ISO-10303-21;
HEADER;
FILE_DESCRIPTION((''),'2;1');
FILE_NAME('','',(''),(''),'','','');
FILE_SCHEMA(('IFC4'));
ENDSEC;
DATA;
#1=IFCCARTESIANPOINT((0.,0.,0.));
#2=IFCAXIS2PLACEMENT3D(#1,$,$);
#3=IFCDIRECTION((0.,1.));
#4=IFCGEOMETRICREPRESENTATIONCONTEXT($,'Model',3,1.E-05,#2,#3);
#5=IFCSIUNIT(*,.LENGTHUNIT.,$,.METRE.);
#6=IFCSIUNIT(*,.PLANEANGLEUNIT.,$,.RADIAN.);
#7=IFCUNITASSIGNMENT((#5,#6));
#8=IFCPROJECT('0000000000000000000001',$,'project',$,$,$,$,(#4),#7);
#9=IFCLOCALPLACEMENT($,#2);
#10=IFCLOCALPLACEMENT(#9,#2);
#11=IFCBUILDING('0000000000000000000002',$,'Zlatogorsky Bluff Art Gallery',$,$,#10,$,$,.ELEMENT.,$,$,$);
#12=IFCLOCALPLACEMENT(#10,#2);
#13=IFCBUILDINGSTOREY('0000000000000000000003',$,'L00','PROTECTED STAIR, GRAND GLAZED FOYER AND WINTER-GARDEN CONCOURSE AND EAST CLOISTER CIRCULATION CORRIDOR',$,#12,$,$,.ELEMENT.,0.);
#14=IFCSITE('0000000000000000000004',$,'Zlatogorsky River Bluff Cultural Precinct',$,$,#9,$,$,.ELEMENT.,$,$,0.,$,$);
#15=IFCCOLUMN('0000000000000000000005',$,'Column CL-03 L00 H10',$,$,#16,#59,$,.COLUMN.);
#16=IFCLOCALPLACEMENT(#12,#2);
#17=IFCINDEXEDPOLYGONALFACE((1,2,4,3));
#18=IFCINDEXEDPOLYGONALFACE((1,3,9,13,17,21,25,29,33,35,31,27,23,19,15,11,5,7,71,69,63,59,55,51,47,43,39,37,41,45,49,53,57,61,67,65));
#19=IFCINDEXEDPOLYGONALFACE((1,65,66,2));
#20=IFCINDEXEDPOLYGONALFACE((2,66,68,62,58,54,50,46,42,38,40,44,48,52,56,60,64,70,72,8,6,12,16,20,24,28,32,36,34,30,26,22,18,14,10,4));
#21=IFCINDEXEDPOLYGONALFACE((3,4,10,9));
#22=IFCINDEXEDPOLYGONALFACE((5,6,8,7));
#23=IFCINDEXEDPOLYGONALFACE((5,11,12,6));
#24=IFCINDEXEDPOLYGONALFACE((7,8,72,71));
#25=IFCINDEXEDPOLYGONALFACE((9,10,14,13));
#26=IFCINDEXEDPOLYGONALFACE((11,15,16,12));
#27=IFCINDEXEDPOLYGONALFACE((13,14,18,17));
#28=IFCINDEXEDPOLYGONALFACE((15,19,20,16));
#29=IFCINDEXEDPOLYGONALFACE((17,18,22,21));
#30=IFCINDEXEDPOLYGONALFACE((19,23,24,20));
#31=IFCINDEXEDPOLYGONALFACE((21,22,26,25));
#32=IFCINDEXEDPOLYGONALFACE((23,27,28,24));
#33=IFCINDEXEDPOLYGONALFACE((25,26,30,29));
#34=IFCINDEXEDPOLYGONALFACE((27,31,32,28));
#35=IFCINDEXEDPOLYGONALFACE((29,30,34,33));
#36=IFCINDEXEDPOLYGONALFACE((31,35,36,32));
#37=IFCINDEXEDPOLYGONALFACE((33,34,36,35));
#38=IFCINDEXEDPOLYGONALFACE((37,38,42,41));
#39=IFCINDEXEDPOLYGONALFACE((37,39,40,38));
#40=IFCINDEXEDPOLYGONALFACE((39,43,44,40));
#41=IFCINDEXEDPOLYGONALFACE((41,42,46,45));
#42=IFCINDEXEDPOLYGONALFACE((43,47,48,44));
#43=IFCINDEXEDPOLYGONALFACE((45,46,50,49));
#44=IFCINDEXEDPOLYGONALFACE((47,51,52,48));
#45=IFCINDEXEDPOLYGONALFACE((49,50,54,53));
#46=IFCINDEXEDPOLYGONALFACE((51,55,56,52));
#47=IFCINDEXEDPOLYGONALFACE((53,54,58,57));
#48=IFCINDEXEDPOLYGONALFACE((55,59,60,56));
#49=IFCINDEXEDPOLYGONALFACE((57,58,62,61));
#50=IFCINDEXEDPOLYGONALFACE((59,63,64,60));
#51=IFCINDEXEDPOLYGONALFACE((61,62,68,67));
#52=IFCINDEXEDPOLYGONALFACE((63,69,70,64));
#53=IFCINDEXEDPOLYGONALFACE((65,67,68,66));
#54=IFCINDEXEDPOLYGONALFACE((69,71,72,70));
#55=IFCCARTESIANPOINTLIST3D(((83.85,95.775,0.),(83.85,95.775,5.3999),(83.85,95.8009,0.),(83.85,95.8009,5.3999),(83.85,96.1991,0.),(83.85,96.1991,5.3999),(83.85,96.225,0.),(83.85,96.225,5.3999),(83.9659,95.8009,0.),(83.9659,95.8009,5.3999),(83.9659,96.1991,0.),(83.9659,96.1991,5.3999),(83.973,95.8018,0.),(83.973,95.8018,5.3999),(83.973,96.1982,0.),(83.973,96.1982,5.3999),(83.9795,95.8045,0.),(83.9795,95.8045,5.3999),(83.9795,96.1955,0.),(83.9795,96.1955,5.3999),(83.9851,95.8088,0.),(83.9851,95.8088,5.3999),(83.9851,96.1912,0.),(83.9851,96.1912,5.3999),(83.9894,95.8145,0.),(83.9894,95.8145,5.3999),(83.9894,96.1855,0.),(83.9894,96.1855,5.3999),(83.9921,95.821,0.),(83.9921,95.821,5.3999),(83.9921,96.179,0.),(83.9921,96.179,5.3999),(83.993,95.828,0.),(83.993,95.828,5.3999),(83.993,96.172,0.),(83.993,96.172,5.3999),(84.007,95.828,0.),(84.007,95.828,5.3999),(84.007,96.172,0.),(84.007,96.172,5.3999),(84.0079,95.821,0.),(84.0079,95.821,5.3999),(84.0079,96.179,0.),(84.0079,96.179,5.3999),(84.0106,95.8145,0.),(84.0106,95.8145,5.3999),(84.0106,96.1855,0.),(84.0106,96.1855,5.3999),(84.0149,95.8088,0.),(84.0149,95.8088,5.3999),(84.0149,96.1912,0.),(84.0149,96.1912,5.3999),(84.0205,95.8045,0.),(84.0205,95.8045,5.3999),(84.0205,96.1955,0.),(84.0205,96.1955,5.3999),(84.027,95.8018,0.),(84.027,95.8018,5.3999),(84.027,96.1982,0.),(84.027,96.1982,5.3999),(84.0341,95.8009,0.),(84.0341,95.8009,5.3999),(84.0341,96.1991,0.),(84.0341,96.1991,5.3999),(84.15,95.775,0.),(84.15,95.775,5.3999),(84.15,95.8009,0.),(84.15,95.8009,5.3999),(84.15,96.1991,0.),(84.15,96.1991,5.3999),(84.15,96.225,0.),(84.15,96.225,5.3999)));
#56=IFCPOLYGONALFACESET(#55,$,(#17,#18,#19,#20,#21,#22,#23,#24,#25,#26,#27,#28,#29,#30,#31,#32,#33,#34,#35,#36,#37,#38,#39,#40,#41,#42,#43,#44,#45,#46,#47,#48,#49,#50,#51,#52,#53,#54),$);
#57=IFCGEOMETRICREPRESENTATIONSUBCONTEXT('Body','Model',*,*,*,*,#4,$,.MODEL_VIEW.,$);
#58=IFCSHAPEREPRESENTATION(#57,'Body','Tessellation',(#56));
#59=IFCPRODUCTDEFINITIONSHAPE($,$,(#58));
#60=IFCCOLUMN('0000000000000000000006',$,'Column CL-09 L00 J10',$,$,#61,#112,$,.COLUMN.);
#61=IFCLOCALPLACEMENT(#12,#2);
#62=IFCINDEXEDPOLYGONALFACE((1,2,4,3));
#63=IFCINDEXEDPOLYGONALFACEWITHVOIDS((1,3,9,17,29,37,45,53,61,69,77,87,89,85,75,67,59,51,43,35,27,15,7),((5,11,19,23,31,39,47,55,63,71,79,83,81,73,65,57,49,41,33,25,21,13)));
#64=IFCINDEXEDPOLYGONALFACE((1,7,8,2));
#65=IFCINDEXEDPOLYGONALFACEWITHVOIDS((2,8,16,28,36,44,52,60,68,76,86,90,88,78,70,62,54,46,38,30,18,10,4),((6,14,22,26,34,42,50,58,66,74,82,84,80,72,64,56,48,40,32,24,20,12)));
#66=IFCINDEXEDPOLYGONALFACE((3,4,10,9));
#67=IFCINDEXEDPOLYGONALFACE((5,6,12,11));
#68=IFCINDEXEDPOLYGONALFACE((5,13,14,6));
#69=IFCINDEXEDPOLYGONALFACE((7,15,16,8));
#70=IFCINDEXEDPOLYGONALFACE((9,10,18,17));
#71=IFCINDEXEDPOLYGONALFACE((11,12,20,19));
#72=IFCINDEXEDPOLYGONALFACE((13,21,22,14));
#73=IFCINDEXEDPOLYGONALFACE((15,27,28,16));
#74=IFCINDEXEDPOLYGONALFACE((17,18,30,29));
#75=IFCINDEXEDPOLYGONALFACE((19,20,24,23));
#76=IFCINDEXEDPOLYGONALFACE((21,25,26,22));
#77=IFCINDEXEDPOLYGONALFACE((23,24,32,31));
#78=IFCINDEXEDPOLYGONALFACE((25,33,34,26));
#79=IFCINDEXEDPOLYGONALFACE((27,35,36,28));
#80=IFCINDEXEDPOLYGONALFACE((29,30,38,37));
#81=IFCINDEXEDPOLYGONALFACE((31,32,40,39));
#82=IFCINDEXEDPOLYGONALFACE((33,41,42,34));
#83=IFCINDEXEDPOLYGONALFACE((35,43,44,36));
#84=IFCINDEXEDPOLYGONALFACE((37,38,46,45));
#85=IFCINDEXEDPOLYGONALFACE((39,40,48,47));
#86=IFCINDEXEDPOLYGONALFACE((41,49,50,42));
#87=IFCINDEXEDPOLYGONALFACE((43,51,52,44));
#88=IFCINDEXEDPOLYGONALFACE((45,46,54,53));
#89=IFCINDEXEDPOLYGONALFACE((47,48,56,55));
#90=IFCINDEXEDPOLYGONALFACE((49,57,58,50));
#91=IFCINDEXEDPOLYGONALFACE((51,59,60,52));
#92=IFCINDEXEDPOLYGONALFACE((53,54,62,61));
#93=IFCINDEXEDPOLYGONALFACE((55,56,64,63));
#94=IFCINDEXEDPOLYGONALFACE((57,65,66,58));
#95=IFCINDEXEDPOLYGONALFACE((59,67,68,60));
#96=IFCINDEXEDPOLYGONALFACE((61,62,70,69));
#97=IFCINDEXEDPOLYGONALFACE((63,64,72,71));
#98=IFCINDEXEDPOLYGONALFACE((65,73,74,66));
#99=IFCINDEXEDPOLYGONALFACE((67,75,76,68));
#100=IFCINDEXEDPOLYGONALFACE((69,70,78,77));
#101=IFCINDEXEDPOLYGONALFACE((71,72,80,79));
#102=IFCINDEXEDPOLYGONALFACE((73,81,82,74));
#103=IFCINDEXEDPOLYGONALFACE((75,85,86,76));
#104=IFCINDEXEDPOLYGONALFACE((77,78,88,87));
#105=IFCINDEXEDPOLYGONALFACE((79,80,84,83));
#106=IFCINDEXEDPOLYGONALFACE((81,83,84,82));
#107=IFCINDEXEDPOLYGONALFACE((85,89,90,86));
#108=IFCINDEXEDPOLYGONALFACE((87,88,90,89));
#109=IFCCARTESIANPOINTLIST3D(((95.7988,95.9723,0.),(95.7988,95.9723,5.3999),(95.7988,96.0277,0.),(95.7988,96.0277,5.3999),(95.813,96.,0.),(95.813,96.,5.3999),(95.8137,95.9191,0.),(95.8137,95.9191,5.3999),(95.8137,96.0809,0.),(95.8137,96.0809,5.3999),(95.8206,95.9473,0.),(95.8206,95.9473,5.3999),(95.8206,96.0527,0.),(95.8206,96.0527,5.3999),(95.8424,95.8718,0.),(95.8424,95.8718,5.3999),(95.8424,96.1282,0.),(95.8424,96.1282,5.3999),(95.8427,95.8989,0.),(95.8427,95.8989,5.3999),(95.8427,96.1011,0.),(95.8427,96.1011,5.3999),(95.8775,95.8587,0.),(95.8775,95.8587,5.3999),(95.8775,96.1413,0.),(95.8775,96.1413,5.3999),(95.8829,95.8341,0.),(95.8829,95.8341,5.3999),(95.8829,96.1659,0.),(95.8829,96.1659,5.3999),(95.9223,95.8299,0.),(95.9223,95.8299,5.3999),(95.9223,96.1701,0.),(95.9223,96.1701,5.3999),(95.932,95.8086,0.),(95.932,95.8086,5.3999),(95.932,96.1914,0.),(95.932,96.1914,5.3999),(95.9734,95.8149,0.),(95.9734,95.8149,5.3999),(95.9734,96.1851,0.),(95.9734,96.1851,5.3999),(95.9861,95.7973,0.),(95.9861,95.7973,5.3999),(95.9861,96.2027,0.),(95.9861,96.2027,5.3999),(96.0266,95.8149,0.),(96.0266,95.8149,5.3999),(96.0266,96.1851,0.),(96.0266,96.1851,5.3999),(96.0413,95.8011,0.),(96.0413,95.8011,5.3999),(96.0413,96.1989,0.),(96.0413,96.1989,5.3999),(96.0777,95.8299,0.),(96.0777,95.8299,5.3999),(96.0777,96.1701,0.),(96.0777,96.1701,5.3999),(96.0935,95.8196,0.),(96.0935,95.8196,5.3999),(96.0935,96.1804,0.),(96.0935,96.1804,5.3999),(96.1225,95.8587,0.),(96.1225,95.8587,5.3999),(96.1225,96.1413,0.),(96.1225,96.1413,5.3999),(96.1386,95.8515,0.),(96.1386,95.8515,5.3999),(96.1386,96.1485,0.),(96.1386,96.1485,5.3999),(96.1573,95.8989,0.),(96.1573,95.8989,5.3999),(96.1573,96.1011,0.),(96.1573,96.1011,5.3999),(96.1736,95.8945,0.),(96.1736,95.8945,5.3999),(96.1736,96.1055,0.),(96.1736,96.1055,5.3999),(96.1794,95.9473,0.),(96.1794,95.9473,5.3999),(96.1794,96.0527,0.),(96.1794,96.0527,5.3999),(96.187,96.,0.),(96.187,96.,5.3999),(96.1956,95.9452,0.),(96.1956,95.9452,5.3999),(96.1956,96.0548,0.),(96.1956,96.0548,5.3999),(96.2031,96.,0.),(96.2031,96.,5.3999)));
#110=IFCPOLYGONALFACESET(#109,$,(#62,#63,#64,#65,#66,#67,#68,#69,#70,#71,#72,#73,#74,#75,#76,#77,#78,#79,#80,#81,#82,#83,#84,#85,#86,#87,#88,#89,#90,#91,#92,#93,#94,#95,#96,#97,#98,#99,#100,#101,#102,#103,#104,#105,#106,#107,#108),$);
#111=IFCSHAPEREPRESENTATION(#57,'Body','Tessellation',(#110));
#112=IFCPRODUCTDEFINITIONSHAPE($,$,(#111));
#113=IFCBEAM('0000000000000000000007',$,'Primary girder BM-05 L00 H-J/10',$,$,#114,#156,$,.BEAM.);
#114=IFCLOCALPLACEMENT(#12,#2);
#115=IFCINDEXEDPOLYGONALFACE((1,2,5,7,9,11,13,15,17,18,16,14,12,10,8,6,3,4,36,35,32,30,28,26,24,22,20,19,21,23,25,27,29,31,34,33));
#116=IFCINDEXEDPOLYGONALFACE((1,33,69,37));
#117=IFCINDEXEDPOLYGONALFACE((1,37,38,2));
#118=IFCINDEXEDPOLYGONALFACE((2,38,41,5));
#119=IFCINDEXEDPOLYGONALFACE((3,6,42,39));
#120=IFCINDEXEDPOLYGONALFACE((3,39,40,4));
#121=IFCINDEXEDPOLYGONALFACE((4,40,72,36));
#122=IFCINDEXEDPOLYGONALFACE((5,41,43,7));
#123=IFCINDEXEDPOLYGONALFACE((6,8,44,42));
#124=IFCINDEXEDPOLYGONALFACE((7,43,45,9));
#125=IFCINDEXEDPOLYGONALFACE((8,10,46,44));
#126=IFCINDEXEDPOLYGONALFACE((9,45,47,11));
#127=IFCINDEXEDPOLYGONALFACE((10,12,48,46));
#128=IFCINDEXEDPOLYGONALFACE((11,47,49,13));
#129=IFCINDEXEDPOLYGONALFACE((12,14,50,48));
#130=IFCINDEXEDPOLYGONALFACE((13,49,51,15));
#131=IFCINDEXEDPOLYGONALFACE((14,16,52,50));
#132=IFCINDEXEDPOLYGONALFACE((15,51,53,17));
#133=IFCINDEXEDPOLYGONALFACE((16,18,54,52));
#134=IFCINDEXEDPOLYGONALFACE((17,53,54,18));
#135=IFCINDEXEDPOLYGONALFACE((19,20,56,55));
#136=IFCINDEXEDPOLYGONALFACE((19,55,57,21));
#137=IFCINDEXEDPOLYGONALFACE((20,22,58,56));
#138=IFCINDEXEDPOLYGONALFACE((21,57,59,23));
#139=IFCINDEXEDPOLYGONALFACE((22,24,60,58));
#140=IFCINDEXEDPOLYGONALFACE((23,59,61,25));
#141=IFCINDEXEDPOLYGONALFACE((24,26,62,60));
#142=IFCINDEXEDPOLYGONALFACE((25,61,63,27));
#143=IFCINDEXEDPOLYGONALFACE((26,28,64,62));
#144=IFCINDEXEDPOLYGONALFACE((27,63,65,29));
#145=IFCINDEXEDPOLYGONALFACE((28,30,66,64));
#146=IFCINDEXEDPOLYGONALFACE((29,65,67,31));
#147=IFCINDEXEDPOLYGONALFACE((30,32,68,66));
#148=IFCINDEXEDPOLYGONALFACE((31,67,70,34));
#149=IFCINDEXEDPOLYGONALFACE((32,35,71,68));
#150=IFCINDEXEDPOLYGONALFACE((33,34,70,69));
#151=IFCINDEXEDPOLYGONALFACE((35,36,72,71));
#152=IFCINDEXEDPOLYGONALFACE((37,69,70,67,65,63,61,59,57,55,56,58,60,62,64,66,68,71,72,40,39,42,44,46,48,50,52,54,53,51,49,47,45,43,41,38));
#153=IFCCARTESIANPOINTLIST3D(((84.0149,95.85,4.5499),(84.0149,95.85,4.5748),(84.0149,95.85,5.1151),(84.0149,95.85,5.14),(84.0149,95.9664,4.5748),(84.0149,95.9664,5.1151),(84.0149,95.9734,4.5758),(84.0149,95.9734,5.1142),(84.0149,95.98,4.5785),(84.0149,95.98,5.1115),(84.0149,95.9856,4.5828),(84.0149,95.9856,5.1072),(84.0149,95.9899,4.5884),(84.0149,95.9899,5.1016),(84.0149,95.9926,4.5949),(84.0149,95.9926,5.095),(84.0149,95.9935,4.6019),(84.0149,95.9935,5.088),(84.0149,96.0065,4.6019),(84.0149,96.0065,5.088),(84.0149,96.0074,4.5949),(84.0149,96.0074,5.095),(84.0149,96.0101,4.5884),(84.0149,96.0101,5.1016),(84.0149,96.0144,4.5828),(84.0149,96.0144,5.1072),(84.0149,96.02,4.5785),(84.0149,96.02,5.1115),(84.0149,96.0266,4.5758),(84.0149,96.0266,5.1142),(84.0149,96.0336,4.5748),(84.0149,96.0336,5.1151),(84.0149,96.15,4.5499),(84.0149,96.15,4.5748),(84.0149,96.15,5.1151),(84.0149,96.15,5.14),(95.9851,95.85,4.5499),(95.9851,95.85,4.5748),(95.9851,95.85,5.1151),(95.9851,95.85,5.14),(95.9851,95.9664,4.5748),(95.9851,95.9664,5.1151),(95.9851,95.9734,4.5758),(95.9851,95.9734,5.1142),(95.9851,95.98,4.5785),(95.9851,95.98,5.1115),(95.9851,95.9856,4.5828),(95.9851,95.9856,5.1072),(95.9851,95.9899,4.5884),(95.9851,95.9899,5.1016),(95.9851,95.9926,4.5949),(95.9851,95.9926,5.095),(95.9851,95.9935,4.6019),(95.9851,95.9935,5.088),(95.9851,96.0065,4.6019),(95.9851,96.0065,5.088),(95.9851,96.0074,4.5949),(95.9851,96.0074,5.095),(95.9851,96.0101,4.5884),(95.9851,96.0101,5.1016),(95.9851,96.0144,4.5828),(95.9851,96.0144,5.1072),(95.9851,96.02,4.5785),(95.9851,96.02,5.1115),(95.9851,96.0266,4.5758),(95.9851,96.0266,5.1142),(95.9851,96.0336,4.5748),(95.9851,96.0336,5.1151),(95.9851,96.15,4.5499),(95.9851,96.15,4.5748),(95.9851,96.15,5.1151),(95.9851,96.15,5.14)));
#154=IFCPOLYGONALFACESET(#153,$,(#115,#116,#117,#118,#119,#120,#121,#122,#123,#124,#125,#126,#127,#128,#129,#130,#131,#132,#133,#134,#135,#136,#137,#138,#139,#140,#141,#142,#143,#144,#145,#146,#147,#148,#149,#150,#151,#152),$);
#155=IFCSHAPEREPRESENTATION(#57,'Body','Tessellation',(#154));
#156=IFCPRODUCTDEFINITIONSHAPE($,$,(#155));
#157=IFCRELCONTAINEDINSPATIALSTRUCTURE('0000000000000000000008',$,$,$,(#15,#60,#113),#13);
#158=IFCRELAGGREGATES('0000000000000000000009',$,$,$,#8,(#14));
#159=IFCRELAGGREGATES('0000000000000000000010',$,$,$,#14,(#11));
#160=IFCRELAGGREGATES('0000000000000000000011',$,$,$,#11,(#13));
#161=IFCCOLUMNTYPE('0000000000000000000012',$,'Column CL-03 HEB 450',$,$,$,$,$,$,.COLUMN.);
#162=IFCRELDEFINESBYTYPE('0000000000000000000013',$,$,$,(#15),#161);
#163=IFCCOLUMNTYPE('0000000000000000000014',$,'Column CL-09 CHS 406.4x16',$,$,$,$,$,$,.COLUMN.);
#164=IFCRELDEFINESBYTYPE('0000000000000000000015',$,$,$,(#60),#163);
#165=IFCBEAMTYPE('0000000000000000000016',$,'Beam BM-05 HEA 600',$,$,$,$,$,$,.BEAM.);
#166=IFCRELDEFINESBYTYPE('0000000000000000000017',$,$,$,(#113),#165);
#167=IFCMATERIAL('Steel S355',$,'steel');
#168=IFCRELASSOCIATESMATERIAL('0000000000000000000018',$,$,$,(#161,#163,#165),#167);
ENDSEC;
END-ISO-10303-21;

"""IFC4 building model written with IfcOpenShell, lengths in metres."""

from ifc_helpers import new_model, si_unit, direction, frame, origin, origin_2d, place, context, subcontext, project, spatial, hollow_circle, i_section, extrude, material, material_profile, profile_set, type_object, element, save


model = new_model("IFC4")

# Units and contexts
model_context = context("Model", 3, precision=1e-05, world=origin(), true_north=direction((0.0, 1.0)))
body_context = subcontext(model_context, "Body", "Model", "MODEL_VIEW")
ifc_project = project(units=[si_unit("LENGTHUNIT", "METRE"), si_unit("PLANEANGLEUNIT", "RADIAN")], contexts=[model_context])

# Site, building, storey
site_placement = place(None, origin())
site = spatial("IfcSite", under=ifc_project, at=site_placement, Name="Zlatogorsky River Bluff Cultural Precinct", CompositionType="ELEMENT", RefElevation=0.0)
building_placement = place(site_placement, origin())
building = spatial("IfcBuilding", under=site, at=building_placement, Name="Zlatogorsky Bluff Art Gallery", CompositionType="ELEMENT")
storey_placement = place(building_placement, origin())
storey = spatial("IfcBuildingStorey", under=building, at=storey_placement, Name="L00", Description="PROTECTED STAIR, GRAND GLAZED FOYER AND WINTER-GARDEN CONCOURSE AND EAST CLOISTER CIRCULATION CORRIDOR", CompositionType="ELEMENT", Elevation=0.0)

# Columns
ifc_material_1 = material(Name="Steel S355", Category="steel")
ifc_material_profile_1 = material_profile(ifc_material_1, i_section(OverallWidth=0.3, OverallDepth=0.45, WebThickness=0.0139, FlangeThickness=0.0259, FilletRadius=0.0271, at=origin_2d()), Name="HEB 450")
ifc_profile_set_1 = profile_set([ifc_material_profile_1], Name="Steel S355")
column_type_1 = type_object("IfcColumnType", Name="Column CL-03 HEB 450", PredefinedType="COLUMN", material=ifc_profile_set_1)
column_1_placement = place(storey_placement, frame((84.0, 96.0, 0.0), z_axis=(0.0, 0.0, 1.0), x_axis=(1.0, 0.0, 0.0)))
element("IfcColumn", 1, at=column_1_placement, inside=storey, type_object=column_type_1, Name="Column CL-03 L00 H10", PredefinedType="COLUMN", context=body_context, shape_type="SweptSolid", body=[
    extrude(i_section(OverallWidth=0.3, OverallDepth=0.45, WebThickness=0.0139, FlangeThickness=0.0259, FilletRadius=0.0271, at=origin_2d()), origin(), (0.0, 0.0, 1.0), 5.3999),
])
ifc_material_profile_2 = material_profile(ifc_material_1, hollow_circle(Radius=0.2031, WallThickness=0.0161, at=origin_2d()), Name="CHS 406.4x16")
ifc_profile_set_2 = profile_set([ifc_material_profile_2], Name="Steel S355")
column_type_2 = type_object("IfcColumnType", Name="Column CL-09 CHS 406.4x16", PredefinedType="COLUMN", material=ifc_profile_set_2)
column_2_placement = place(storey_placement, frame((96.0, 96.0, 0.0), z_axis=(0.0, 0.0, 1.0), x_axis=(1.0, 0.0, 0.0)))
element("IfcColumn", 2, at=column_2_placement, inside=storey, type_object=column_type_2, Name="Column CL-09 L00 J10", PredefinedType="COLUMN", context=body_context, shape_type="SweptSolid", body=[
    extrude(hollow_circle(Radius=0.2031, WallThickness=0.0161, at=origin_2d()), origin(), (0.0, 0.0, 1.0), 5.3999),
])

# Beam
ifc_material_profile_3 = material_profile(ifc_material_1, i_section(OverallWidth=0.3, OverallDepth=0.5901, WebThickness=0.0129, FlangeThickness=0.0249, FilletRadius=0.0271, at=origin_2d()), Name="HEA 600")
ifc_profile_set_3 = profile_set([ifc_material_profile_3], Name="Steel S355")
beam_type = type_object("IfcBeamType", Name="Beam BM-05 HEA 600", PredefinedType="BEAM", material=ifc_profile_set_3)
for number, where, z_axis, x_axis, name in (
    (3, (84.0149, 96.0, 4.845), (1.0, 0.0, 0.0), (0.0, 1.0, 0.0), "Primary girder BM-05 L00 H-J/10"),
):
    element("IfcBeam", number, at=place(storey_placement, frame(where, z_axis=z_axis, x_axis=x_axis)), inside=storey, type_object=beam_type, Name=name, PredefinedType="BEAM", context=body_context, shape_type="SweptSolid", body=[
        extrude(i_section(OverallWidth=0.3, OverallDepth=0.5901, WebThickness=0.0129, FlangeThickness=0.0249, FilletRadius=0.0271, at=origin_2d()), origin(), (0.0, 0.0, 1.0), 11.9702),
    ])

save(model, "model.ifc")
